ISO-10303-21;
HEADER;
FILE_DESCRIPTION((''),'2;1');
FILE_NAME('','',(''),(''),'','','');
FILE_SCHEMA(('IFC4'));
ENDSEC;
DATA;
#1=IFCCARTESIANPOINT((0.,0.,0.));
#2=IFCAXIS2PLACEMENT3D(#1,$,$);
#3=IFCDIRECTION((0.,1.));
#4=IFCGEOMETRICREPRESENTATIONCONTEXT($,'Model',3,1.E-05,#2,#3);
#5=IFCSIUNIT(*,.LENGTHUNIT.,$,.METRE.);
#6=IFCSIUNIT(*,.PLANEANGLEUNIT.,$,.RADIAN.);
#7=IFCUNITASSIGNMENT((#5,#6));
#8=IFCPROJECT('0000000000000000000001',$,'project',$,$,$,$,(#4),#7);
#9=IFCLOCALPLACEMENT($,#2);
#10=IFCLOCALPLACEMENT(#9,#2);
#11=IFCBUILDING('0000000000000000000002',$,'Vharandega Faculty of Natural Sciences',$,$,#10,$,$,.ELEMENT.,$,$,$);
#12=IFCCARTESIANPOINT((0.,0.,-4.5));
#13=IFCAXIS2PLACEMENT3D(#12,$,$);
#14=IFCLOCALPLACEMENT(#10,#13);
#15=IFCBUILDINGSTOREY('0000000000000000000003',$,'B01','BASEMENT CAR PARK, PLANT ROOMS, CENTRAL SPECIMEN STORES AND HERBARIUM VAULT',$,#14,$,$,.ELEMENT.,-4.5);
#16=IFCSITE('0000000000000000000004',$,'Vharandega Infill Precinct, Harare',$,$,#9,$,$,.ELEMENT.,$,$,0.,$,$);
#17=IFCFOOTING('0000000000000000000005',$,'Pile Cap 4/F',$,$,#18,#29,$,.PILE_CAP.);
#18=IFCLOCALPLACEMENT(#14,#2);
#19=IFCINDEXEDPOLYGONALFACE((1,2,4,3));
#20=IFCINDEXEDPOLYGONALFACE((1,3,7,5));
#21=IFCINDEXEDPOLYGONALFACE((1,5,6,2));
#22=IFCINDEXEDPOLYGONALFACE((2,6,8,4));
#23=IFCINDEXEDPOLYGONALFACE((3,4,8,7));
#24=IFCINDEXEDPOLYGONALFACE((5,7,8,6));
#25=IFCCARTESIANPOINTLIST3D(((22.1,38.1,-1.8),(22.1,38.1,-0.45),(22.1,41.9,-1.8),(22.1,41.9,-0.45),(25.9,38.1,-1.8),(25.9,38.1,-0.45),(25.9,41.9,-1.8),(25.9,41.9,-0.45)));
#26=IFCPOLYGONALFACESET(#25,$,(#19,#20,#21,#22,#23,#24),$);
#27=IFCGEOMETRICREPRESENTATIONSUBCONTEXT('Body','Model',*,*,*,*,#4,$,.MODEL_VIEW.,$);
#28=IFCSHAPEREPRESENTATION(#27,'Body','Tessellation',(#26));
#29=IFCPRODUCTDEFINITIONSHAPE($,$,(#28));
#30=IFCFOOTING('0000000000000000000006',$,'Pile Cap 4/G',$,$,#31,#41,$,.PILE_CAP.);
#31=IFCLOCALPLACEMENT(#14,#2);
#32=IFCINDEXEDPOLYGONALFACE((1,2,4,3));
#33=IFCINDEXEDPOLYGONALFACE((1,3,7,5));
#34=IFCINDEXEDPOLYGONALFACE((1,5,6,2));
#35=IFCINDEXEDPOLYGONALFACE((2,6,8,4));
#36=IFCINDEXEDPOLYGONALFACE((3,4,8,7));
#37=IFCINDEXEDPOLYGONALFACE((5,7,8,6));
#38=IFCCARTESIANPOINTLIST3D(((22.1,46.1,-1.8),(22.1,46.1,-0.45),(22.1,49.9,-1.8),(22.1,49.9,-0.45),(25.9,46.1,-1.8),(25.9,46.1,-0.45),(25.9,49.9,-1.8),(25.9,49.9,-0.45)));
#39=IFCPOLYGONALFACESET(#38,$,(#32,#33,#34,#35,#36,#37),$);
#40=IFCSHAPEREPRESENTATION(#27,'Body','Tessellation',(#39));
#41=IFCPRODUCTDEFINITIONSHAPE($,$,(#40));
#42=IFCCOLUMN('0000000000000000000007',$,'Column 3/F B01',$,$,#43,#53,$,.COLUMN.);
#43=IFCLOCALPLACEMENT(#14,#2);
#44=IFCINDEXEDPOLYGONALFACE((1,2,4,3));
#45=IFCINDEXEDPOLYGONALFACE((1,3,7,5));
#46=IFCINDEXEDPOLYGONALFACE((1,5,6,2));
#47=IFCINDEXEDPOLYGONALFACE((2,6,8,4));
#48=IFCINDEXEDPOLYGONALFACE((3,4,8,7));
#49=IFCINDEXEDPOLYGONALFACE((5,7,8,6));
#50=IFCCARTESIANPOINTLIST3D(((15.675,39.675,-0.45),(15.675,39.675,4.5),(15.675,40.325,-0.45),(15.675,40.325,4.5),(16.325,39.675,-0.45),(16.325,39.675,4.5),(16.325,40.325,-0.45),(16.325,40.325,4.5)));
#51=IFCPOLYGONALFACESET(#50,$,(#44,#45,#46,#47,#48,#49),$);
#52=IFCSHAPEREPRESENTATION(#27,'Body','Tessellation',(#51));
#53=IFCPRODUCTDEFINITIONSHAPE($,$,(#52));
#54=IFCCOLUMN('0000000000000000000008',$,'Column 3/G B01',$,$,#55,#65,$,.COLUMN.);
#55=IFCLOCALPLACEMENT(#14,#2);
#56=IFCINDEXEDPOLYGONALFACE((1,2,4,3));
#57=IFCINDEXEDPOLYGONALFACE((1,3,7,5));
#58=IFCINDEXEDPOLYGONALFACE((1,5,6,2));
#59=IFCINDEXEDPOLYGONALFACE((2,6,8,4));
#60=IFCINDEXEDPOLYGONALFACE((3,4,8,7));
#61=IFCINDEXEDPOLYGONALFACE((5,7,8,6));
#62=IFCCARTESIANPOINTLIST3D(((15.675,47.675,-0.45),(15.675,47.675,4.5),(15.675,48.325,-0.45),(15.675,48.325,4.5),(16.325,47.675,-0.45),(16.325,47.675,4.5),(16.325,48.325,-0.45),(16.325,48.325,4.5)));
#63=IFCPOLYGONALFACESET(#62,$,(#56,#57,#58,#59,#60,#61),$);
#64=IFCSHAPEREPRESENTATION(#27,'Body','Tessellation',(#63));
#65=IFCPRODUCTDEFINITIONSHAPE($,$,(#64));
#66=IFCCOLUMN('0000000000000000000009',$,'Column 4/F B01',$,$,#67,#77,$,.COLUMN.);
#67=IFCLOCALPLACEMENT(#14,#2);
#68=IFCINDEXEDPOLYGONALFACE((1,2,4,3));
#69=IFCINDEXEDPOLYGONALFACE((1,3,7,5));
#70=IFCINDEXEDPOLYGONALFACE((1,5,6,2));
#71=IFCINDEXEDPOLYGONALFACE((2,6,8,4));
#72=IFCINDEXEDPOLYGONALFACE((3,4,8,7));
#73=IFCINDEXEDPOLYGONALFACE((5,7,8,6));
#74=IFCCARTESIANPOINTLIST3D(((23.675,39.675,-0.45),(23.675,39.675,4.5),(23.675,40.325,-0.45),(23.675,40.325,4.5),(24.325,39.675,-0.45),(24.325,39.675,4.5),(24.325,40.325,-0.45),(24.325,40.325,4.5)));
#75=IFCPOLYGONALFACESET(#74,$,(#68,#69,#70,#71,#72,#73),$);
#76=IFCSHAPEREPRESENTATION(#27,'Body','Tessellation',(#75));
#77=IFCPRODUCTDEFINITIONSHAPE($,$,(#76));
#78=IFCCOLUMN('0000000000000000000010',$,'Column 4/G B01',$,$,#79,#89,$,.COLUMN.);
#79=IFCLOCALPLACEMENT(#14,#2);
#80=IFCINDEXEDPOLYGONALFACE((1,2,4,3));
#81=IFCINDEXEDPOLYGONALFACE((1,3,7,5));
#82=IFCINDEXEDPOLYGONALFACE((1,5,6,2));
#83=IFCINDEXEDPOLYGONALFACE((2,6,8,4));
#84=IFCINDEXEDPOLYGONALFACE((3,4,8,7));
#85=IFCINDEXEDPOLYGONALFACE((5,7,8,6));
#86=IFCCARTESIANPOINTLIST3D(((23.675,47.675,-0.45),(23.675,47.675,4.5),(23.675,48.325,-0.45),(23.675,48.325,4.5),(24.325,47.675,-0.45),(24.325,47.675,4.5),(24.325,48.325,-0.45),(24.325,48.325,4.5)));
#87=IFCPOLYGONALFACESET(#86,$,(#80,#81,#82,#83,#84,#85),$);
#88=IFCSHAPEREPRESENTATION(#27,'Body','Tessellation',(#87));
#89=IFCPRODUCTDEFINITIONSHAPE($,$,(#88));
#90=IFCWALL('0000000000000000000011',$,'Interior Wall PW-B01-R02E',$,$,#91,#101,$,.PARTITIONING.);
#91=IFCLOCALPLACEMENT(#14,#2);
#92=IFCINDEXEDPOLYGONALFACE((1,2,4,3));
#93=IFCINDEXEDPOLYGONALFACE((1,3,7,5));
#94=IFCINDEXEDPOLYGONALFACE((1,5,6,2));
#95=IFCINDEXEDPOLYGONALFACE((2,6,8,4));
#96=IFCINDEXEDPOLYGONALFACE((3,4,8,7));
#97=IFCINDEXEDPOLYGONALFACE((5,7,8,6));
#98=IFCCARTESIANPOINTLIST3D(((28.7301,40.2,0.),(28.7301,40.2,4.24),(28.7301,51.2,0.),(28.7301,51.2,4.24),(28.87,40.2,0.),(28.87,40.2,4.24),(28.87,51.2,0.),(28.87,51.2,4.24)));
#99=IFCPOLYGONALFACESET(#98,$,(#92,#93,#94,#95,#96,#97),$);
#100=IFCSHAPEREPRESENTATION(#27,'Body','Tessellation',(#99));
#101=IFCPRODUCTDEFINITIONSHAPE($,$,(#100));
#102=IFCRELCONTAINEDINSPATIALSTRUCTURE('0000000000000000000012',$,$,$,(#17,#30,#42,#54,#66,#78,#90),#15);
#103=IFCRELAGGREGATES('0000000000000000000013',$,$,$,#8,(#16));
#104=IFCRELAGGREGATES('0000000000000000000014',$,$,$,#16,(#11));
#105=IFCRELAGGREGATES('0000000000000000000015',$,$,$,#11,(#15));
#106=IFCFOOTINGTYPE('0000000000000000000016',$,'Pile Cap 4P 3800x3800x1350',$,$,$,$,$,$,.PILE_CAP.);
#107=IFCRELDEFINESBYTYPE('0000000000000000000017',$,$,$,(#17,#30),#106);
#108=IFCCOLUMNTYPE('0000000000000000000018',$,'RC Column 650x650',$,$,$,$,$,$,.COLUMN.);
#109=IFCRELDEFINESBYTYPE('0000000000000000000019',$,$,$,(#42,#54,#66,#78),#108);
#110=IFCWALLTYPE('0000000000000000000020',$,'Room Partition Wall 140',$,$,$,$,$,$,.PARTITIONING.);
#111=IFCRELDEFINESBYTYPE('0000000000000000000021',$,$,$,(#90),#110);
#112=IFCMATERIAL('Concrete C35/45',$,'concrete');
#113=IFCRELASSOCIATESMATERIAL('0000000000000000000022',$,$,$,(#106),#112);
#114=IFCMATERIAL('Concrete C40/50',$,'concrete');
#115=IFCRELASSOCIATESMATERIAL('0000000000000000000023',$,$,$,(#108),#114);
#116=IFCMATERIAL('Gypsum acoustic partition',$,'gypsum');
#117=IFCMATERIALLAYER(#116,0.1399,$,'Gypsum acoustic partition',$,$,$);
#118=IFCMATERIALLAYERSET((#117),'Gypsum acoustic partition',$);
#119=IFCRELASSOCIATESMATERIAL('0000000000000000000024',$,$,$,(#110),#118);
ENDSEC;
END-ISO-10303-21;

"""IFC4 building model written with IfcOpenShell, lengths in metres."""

from ifc_helpers import new_model, si_unit, direction, frame, frame_2d, origin, origin_2d, place, context, subcontext, project, spatial, rectangle, extrude, material, layer, layer_set, material_profile, profile_set, type_object, element, save


model = new_model("IFC4")

# Units and contexts
model_context = context("Model", 3, precision=1e-05, world=origin(), true_north=direction((0.0, 1.0)))
body_context = subcontext(model_context, "Body", "Model", "MODEL_VIEW")
ifc_project = project(units=[si_unit("LENGTHUNIT", "METRE"), si_unit("PLANEANGLEUNIT", "RADIAN")], contexts=[model_context])

# Site, building, storey
site_placement = place(None, origin())
site = spatial("IfcSite", under=ifc_project, at=site_placement, Name="Vharandega Infill Precinct, Harare", CompositionType="ELEMENT", RefElevation=0.0)
building_placement = place(site_placement, origin())
building = spatial("IfcBuilding", under=site, at=building_placement, Name="Vharandega Faculty of Natural Sciences", CompositionType="ELEMENT")
storey_placement = place(building_placement, frame((0.0, 0.0, -4.5)))
storey = spatial("IfcBuildingStorey", under=building, at=storey_placement, Name="B01", Description="BASEMENT CAR PARK, PLANT ROOMS, CENTRAL SPECIMEN STORES AND HERBARIUM VAULT", CompositionType="ELEMENT", Elevation=-4.5)

# Footings
ifc_material_1 = material(Name="Concrete C35/45", Category="concrete")
footing_type_1 = type_object("IfcFootingType", Name="Pile Cap 4P 3800x3800x1350", PredefinedType="PILE_CAP", material=ifc_material_1)
for number, where, z_axis, x_axis, name in (
    (1, (24.0, 40.0, -1.8), (0.0, 0.0, 1.0), (1.0, 0.0, 0.0), "Pile Cap 4/F"),
    (2, (24.0, 48.0, -1.8), (0.0, 0.0, 1.0), (1.0, 0.0, 0.0), "Pile Cap 4/G"),
):
    element("IfcFooting", number, at=place(storey_placement, frame(where, z_axis=z_axis, x_axis=x_axis)), inside=storey, type_object=footing_type_1, Name=name, PredefinedType="PILE_CAP", context=body_context, shape_type="SweptSolid", body=[
        extrude(rectangle(XDim=3.8, YDim=3.8, at=origin_2d()), origin(), (0.0, 0.0, 1.0), 1.3501),
    ])

# Columns
ifc_material_2 = material(Name="Concrete C40/50", Category="concrete")
ifc_material_profile_1 = material_profile(ifc_material_2, rectangle(XDim=0.6499, YDim=0.6499, at=origin_2d()), Name="RC 650x650")
ifc_profile_set_1 = profile_set([ifc_material_profile_1], Name="Concrete C40/50")
column_type = type_object("IfcColumnType", Name="RC Column 650x650", PredefinedType="COLUMN", material=ifc_profile_set_1)
for number, where, z_axis, x_axis, name in (
    (3, (16.0, 40.0, -0.45), (0.0, 0.0, 1.0), (1.0, 0.0, 0.0), "Column 3/F B01"),
    (4, (16.0, 48.0, -0.45), (0.0, 0.0, 1.0), (1.0, 0.0, 0.0), "Column 3/G B01"),
    (5, (24.0, 40.0, -0.45), (0.0, 0.0, 1.0), (1.0, 0.0, 0.0), "Column 4/F B01"),
    (6, (24.0, 48.0, -0.45), (0.0, 0.0, 1.0), (1.0, 0.0, 0.0), "Column 4/G B01"),
):
    element("IfcColumn", number, at=place(storey_placement, frame(where, z_axis=z_axis, x_axis=x_axis)), inside=storey, type_object=column_type, Name=name, PredefinedType="COLUMN", context=body_context, shape_type="SweptSolid", body=[
        extrude(rectangle(XDim=0.6499, YDim=0.6499, at=origin_2d()), origin(), (0.0, 0.0, 1.0), 4.95),
    ])

# Wall
ifc_material_3 = material(Name="Gypsum acoustic partition", Category="gypsum")
ifc_layer = layer(ifc_material_3, 0.1399, Name="Gypsum acoustic partition")
ifc_layer_set = layer_set([ifc_layer], Name="Gypsum acoustic partition")
wall_type = type_object("IfcWallType", Name="Room Partition Wall 140", PredefinedType="PARTITIONING", material=ifc_layer_set)
wall_placement = place(storey_placement, frame((28.8, 40.2, 0.0), z_axis=(0.0, 0.0, 1.0), x_axis=(0.0, 1.0, 0.0)))
element("IfcWall", 7, at=wall_placement, inside=storey, type_object=wall_type, Name="Interior Wall PW-B01-R02E", PredefinedType="PARTITIONING", context=body_context, shape_type="SweptSolid", body=[
    extrude(rectangle(XDim=11.0, YDim=0.1399, at=frame_2d((5.5, 0.0))), origin(), (0.0, 0.0, 1.0), 4.24),
])

save(model, "model.ifc")
